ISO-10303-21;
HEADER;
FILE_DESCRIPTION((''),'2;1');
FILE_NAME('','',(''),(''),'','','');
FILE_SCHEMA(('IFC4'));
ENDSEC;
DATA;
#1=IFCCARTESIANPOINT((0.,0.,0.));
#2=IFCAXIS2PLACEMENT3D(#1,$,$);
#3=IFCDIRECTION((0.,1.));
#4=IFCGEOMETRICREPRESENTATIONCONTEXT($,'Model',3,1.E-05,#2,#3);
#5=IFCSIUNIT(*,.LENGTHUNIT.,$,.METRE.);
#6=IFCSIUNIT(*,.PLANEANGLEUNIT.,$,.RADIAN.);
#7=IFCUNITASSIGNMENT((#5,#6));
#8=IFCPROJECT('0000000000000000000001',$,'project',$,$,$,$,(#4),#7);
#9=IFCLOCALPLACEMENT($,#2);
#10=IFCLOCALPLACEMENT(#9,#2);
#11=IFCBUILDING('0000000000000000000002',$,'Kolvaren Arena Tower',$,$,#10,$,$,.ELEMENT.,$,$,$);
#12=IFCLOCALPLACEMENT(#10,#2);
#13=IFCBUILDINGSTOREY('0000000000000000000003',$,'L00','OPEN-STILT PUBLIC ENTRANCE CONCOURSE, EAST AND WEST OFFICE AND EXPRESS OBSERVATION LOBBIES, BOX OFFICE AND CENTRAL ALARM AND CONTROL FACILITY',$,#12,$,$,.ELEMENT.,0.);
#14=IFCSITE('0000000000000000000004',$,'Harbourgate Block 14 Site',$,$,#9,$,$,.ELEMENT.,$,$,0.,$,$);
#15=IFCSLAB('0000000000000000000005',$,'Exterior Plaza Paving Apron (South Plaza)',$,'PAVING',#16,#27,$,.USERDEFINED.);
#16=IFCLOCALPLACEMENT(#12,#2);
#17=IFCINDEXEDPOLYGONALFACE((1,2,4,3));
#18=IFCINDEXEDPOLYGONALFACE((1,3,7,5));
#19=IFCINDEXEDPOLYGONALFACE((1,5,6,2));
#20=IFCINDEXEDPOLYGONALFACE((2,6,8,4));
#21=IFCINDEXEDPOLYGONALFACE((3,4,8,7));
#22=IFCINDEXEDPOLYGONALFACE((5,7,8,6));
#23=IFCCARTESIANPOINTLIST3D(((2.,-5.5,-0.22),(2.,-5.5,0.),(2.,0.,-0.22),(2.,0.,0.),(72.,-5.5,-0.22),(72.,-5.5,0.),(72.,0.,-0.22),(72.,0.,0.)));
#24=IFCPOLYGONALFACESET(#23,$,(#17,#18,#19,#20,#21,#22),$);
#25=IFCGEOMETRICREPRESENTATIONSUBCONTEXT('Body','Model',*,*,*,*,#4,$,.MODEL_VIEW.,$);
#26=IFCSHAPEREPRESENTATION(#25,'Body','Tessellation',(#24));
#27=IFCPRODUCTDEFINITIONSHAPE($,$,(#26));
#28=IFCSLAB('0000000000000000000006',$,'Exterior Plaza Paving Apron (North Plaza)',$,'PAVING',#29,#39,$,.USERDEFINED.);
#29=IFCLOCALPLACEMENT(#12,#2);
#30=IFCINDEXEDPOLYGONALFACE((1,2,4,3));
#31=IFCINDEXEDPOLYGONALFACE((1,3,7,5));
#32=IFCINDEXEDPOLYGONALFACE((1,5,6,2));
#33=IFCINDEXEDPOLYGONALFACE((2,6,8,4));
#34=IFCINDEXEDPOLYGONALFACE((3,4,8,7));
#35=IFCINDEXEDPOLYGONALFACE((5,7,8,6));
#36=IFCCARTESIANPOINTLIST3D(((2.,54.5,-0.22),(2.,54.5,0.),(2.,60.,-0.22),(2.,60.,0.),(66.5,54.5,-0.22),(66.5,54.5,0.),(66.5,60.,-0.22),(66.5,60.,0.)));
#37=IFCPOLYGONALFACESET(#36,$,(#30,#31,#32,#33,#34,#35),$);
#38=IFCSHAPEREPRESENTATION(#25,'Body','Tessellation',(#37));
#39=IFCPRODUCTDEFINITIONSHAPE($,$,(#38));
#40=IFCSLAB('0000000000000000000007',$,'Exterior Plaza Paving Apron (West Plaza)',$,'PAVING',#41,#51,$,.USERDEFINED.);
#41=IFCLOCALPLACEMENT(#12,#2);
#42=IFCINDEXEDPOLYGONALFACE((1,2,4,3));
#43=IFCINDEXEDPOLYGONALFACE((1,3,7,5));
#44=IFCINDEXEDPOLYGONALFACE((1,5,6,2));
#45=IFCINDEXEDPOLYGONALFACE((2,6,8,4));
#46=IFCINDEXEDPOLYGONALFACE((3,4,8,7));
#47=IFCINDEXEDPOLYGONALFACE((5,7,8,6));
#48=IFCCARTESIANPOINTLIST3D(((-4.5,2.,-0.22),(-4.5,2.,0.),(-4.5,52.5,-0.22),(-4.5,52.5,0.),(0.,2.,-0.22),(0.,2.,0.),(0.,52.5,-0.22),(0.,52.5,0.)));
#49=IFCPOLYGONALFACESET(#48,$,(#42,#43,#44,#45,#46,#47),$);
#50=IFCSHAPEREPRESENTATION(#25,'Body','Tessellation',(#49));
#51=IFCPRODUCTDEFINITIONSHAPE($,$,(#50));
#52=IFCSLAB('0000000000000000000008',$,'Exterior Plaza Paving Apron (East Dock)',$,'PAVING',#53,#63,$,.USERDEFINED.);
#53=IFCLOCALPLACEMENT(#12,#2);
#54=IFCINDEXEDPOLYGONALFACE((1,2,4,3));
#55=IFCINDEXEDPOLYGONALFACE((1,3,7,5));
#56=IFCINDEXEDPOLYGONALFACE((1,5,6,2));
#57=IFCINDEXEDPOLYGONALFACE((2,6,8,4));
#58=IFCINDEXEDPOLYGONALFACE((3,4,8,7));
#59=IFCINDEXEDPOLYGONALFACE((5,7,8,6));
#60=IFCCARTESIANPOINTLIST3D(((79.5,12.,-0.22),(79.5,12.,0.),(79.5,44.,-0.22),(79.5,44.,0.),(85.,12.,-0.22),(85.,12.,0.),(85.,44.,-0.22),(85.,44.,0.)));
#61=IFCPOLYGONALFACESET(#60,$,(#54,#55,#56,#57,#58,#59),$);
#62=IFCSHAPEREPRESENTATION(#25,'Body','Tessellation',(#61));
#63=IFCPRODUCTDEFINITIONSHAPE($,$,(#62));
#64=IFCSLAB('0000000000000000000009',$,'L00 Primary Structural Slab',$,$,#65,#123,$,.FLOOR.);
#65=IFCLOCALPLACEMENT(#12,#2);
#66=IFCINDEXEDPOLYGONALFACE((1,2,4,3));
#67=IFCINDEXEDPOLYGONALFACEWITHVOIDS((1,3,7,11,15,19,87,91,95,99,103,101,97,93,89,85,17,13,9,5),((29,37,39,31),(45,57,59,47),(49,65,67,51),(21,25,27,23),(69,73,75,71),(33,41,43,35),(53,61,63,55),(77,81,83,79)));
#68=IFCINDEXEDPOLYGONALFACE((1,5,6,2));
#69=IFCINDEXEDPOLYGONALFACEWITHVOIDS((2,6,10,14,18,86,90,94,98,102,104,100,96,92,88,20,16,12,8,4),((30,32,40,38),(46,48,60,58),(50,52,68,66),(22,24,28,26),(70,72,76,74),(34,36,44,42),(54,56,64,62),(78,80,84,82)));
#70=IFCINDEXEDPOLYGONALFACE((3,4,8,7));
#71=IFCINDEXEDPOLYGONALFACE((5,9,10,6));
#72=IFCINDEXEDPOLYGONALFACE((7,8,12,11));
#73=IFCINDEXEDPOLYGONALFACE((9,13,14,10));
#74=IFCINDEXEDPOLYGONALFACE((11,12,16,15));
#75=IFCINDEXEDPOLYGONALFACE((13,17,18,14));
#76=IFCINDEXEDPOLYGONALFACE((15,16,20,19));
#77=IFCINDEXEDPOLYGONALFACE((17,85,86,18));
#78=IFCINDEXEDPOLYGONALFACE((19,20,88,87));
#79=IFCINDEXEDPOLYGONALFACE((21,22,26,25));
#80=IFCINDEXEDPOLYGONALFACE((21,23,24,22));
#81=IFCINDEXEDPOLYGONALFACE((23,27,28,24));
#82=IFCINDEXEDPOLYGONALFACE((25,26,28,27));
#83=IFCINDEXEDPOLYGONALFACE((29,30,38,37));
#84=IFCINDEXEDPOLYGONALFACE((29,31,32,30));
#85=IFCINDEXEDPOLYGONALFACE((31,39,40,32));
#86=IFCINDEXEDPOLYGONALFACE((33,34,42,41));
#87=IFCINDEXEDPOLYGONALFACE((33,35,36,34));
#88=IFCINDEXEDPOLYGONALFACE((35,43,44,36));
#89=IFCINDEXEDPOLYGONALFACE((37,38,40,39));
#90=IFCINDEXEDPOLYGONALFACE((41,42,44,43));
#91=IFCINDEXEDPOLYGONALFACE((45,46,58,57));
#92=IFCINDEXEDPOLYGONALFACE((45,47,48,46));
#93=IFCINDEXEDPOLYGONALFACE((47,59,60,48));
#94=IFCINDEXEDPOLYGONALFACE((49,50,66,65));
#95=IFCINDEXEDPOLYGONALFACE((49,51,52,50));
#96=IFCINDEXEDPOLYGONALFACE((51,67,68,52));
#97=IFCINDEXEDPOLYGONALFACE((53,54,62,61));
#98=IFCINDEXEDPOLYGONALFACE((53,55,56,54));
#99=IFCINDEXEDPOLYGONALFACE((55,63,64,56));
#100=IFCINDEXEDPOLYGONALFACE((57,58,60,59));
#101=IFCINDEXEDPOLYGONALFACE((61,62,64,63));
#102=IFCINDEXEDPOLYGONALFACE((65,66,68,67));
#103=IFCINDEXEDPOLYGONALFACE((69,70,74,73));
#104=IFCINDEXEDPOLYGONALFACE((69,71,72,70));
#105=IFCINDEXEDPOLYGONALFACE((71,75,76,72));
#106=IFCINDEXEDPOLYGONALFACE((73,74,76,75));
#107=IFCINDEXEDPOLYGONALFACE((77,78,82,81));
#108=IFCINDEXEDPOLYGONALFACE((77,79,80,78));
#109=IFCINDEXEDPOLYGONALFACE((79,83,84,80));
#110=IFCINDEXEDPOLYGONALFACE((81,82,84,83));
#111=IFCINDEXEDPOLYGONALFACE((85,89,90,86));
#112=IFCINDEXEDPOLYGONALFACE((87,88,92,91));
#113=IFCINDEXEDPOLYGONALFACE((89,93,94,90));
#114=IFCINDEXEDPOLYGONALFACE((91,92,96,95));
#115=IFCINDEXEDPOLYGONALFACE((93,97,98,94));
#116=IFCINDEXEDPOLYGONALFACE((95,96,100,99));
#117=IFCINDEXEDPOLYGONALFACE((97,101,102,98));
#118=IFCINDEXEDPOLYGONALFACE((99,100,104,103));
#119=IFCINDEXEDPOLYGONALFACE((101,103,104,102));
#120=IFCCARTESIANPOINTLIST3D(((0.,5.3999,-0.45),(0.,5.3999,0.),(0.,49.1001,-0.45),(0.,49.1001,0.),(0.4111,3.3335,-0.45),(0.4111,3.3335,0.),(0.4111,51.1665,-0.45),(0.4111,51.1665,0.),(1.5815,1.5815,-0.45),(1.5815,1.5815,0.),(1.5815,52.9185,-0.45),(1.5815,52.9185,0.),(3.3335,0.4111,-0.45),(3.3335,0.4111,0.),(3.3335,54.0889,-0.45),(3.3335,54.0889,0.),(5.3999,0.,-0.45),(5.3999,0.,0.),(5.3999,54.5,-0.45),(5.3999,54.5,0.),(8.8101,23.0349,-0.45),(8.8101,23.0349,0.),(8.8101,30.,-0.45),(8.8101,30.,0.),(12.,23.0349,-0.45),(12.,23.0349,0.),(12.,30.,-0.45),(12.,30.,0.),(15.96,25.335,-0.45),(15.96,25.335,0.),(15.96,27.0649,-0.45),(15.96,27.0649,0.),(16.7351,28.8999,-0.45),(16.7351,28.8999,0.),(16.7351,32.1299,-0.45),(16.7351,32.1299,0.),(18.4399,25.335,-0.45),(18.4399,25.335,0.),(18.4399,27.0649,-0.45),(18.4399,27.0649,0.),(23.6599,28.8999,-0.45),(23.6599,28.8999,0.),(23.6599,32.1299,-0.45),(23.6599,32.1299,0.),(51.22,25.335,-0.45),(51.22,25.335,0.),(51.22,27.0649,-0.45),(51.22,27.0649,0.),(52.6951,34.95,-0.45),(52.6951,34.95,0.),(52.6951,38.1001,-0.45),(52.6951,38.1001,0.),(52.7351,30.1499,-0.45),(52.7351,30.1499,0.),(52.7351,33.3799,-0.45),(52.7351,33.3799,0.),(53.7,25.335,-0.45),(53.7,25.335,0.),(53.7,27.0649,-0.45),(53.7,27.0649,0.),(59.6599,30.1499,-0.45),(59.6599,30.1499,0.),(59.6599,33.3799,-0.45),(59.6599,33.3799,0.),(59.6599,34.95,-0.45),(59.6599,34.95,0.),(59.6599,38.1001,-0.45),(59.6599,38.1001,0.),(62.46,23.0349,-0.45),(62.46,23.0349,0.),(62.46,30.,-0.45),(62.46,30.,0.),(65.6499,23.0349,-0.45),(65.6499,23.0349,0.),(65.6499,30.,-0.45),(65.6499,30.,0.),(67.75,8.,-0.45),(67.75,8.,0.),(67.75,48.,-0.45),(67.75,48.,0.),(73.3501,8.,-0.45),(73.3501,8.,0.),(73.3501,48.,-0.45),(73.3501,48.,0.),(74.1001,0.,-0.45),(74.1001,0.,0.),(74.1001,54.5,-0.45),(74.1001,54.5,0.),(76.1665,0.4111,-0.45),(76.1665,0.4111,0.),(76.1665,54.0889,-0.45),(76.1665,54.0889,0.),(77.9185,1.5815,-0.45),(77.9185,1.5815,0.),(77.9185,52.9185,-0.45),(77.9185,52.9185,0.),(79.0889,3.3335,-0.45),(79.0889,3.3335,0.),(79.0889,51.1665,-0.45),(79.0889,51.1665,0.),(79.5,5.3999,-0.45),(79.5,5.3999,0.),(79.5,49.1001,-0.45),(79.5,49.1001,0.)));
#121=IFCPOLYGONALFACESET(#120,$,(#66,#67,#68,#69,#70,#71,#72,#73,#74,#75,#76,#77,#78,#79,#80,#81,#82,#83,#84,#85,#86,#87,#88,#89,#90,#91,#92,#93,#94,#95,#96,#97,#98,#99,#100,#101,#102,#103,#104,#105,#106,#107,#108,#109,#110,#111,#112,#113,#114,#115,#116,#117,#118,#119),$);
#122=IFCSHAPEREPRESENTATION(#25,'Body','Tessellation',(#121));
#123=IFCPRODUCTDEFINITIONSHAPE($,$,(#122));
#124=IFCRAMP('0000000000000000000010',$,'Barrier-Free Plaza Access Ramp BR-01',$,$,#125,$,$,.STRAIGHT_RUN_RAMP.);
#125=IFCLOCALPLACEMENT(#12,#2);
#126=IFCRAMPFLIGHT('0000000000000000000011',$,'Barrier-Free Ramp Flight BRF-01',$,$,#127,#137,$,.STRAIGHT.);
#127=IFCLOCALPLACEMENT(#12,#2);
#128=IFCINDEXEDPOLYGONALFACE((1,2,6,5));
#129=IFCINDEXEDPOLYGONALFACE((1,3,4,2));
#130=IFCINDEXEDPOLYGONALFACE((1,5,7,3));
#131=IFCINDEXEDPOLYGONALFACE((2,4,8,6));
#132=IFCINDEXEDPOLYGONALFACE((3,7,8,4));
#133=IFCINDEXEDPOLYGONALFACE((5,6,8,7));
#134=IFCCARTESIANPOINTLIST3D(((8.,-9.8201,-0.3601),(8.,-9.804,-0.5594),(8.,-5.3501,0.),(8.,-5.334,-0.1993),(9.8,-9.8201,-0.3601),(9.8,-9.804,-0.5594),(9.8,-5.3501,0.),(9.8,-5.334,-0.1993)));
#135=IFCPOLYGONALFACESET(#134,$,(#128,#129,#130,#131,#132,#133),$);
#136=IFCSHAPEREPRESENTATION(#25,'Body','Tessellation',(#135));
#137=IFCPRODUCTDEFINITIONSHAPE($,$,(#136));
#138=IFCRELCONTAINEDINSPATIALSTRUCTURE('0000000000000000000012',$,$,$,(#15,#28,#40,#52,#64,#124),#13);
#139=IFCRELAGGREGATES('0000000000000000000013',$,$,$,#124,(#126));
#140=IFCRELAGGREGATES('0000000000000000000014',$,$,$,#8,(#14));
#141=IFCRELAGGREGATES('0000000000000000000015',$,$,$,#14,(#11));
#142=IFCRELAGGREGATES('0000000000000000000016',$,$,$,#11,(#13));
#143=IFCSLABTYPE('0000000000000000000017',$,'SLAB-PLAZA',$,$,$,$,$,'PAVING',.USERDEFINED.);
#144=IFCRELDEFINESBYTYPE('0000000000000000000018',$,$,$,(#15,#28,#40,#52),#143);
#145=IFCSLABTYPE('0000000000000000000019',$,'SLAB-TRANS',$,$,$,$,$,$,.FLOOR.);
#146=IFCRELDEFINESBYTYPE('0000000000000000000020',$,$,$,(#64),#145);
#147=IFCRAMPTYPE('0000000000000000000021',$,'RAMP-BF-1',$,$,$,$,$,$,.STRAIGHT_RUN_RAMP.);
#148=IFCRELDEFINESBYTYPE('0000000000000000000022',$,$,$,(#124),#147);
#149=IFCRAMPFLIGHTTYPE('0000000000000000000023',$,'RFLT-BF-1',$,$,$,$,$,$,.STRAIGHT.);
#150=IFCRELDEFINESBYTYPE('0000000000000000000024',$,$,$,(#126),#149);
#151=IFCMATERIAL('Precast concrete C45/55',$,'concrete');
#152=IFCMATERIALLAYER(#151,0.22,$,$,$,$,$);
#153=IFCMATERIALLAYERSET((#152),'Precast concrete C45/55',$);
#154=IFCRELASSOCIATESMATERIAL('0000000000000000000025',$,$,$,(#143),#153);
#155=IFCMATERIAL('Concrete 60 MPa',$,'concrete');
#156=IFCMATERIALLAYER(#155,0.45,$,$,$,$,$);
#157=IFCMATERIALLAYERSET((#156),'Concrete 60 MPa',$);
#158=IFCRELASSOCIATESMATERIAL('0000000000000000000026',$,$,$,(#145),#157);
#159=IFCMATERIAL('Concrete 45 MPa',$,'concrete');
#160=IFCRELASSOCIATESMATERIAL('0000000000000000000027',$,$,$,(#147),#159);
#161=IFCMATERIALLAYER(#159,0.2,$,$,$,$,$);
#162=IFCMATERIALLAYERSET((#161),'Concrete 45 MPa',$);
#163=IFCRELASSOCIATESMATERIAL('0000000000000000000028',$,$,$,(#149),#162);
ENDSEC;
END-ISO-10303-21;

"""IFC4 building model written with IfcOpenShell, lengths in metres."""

from ifc_helpers import new_model, si_unit, direction, frame, origin, place, context, subcontext, project, spatial, polyline, outline, extrude, material, layer, layer_set, type_object, element, aggregate, save


model = new_model("IFC4")

# Units and contexts
model_context = context("Model", 3, precision=1e-05, world=origin(), true_north=direction((0.0, 1.0)))
body_context = subcontext(model_context, "Body", "Model", "MODEL_VIEW")
ifc_project = project(units=[si_unit("LENGTHUNIT", "METRE"), si_unit("PLANEANGLEUNIT", "RADIAN")], contexts=[model_context])

# Site, building, storey
site_placement = place(None, origin())
site = spatial("IfcSite", under=ifc_project, at=site_placement, Name="Harbourgate Block 14 Site", CompositionType="ELEMENT", RefElevation=0.0)
building_placement = place(site_placement, origin())
building = spatial("IfcBuilding", under=site, at=building_placement, Name="Kolvaren Arena Tower", CompositionType="ELEMENT")
storey_placement = place(building_placement, origin())
storey = spatial("IfcBuildingStorey", under=building, at=storey_placement, Name="L00", Description="OPEN-STILT PUBLIC ENTRANCE CONCOURSE, EAST AND WEST OFFICE AND EXPRESS OBSERVATION LOBBIES, BOX OFFICE AND CENTRAL ALARM AND CONTROL FACILITY", CompositionType="ELEMENT", Elevation=0.0)

# Shared definitions
ifc_material_1 = material(Name="Concrete 45 MPa", Category="concrete")

# Slabs
ifc_material_2 = material(Name="Precast concrete C45/55", Category="concrete")
ifc_layer_1 = layer(ifc_material_2, 0.22)
ifc_layer_set_1 = layer_set([ifc_layer_1], Name="Precast concrete C45/55")
slab_type_1 = type_object("IfcSlabType", Name="SLAB-PLAZA", ElementType="PAVING", PredefinedType="USERDEFINED", material=ifc_layer_set_1)
slab_1_placement = place(storey_placement, frame((0.0, 0.0, -0.22)))
element("IfcSlab", 1, at=slab_1_placement, inside=storey, type_object=slab_type_1, Name="Exterior Plaza Paving Apron (South Plaza)", ObjectType="PAVING", PredefinedType="USERDEFINED", context=body_context, shape_type="SweptSolid", body=[
    extrude(outline(polyline([(2.0, -5.5), (72.0, -5.5), (72.0, 0.0), (2.0, 0.0), (2.0, -5.5)])), origin(), (0.0, 0.0, 1.0), 0.22),
])
slab_2_placement = place(storey_placement, frame((0.0, 0.0, -0.22)))
element("IfcSlab", 2, at=slab_2_placement, inside=storey, type_object=slab_type_1, Name="Exterior Plaza Paving Apron (North Plaza)", ObjectType="PAVING", PredefinedType="USERDEFINED", context=body_context, shape_type="SweptSolid", body=[
    extrude(outline(polyline([(2.0, 54.5), (66.5, 54.5), (66.5, 60.0), (2.0, 60.0), (2.0, 54.5)])), origin(), (0.0, 0.0, 1.0), 0.22),
])
slab_3_placement = place(storey_placement, frame((0.0, 0.0, -0.22)))
element("IfcSlab", 3, at=slab_3_placement, inside=storey, type_object=slab_type_1, Name="Exterior Plaza Paving Apron (West Plaza)", ObjectType="PAVING", PredefinedType="USERDEFINED", context=body_context, shape_type="SweptSolid", body=[
    extrude(outline(polyline([(-4.5, 2.0), (0.0, 2.0), (0.0, 52.5), (-4.5, 52.5), (-4.5, 2.0)])), origin(), (0.0, 0.0, 1.0), 0.22),
])
slab_4_placement = place(storey_placement, frame((0.0, 0.0, -0.22)))
element("IfcSlab", 4, at=slab_4_placement, inside=storey, type_object=slab_type_1, Name="Exterior Plaza Paving Apron (East Dock)", ObjectType="PAVING", PredefinedType="USERDEFINED", context=body_context, shape_type="SweptSolid", body=[
    extrude(outline(polyline([(79.5, 12.0), (85.0, 12.0), (85.0, 44.0), (79.5, 44.0), (79.5, 12.0)])), origin(), (0.0, 0.0, 1.0), 0.22),
])
ifc_material_3 = material(Name="Concrete 60 MPa", Category="concrete")
ifc_layer_2 = layer(ifc_material_3, 0.45)
ifc_layer_set_2 = layer_set([ifc_layer_2], Name="Concrete 60 MPa")
slab_type_2 = type_object("IfcSlabType", Name="SLAB-TRANS", PredefinedType="FLOOR", material=ifc_layer_set_2)
slab_5_placement = place(storey_placement, frame((0.0, 0.0, -0.45)))
element("IfcSlab", 5, at=slab_5_placement, inside=storey, type_object=slab_type_2, Name="L00 Primary Structural Slab", PredefinedType="FLOOR", context=body_context, shape_type="SweptSolid", body=[
    extrude(outline(polyline([(74.1001, 0.0), (76.1665, 0.4111), (77.9185, 1.5815), (79.0889, 3.3335), (79.5, 5.3999), (79.5, 49.1001), (79.0889, 51.1665), (77.9185, 52.9185), (76.1665, 54.0889), (74.1001, 54.5), (5.3999, 54.5), (3.3335, 54.0889), (1.5815, 52.9185), (0.4111, 51.1665), (0.0, 49.1001), (0.0, 5.3999), (0.4111, 3.3335), (1.5815, 1.5815), (3.3335, 0.4111), (5.3999, 0.0), (74.1001, 0.0)]), holes=[polyline([(73.3501, 8.0), (67.75, 8.0), (67.75, 48.0), (73.3501, 48.0), (73.3501, 8.0)]), polyline([(12.0, 30.0), (12.0, 23.0349), (8.8101, 23.0349), (8.8101, 30.0), (12.0, 30.0)]), polyline([(65.6499, 30.0), (65.6499, 23.0349), (62.46, 23.0349), (62.46, 30.0), (65.6499, 30.0)]), polyline([(18.4399, 25.335), (15.96, 25.335), (15.96, 27.0649), (18.4399, 27.0649), (18.4399, 25.335)]), polyline([(53.7, 25.335), (51.22, 25.335), (51.22, 27.0649), (53.7, 27.0649), (53.7, 25.335)]), polyline([(23.6599, 28.8999), (16.7351, 28.8999), (16.7351, 32.1299), (23.6599, 32.1299), (23.6599, 28.8999)]), polyline([(59.6599, 30.1499), (52.7351, 30.1499), (52.7351, 33.3799), (59.6599, 33.3799), (59.6599, 30.1499)]), polyline([(59.6599, 34.95), (52.6951, 34.95), (52.6951, 38.1001), (59.6599, 38.1001), (59.6599, 34.95)])]), origin(), (0.0, 0.0, 1.0), 0.45),
])

# Ramp, ramp flight
ramp_type = type_object("IfcRampType", Name="RAMP-BF-1", PredefinedType="STRAIGHT_RUN_RAMP", material=ifc_material_1)
ramp_placement = place(storey_placement, origin())
ramp = element("IfcRamp", 6, at=ramp_placement, inside=storey, type_object=ramp_type, Name="Barrier-Free Plaza Access Ramp BR-01", PredefinedType="STRAIGHT_RUN_RAMP")
ifc_layer_3 = layer(ifc_material_1, 0.2)
ifc_layer_set_3 = layer_set([ifc_layer_3], Name="Concrete 45 MPa")
ramp_flight_type = type_object("IfcRampFlightType", Name="RFLT-BF-1", PredefinedType="STRAIGHT", material=ifc_layer_set_3)
ramp_flight_placement = place(storey_placement, frame((8.0, -9.8201, -0.3601), z_axis=(0.0, -0.080301, 0.996771), x_axis=(1.0, 0.0, 0.0)))
ramp_flight = element("IfcRampFlight", 7, at=ramp_flight_placement, type_object=ramp_flight_type, Name="Barrier-Free Ramp Flight BRF-01", PredefinedType="STRAIGHT", context=body_context, shape_type="SweptSolid", body=[
    extrude(outline(polyline([(0.0, 0.0), (1.8, 0.0), (1.8, 4.4845), (0.0, 4.4845), (0.0, 0.0)])), origin(), (0.0, 0.0, -1.0), 0.2),
])
aggregate(ramp, [ramp_flight])

save(model, "model.ifc")
